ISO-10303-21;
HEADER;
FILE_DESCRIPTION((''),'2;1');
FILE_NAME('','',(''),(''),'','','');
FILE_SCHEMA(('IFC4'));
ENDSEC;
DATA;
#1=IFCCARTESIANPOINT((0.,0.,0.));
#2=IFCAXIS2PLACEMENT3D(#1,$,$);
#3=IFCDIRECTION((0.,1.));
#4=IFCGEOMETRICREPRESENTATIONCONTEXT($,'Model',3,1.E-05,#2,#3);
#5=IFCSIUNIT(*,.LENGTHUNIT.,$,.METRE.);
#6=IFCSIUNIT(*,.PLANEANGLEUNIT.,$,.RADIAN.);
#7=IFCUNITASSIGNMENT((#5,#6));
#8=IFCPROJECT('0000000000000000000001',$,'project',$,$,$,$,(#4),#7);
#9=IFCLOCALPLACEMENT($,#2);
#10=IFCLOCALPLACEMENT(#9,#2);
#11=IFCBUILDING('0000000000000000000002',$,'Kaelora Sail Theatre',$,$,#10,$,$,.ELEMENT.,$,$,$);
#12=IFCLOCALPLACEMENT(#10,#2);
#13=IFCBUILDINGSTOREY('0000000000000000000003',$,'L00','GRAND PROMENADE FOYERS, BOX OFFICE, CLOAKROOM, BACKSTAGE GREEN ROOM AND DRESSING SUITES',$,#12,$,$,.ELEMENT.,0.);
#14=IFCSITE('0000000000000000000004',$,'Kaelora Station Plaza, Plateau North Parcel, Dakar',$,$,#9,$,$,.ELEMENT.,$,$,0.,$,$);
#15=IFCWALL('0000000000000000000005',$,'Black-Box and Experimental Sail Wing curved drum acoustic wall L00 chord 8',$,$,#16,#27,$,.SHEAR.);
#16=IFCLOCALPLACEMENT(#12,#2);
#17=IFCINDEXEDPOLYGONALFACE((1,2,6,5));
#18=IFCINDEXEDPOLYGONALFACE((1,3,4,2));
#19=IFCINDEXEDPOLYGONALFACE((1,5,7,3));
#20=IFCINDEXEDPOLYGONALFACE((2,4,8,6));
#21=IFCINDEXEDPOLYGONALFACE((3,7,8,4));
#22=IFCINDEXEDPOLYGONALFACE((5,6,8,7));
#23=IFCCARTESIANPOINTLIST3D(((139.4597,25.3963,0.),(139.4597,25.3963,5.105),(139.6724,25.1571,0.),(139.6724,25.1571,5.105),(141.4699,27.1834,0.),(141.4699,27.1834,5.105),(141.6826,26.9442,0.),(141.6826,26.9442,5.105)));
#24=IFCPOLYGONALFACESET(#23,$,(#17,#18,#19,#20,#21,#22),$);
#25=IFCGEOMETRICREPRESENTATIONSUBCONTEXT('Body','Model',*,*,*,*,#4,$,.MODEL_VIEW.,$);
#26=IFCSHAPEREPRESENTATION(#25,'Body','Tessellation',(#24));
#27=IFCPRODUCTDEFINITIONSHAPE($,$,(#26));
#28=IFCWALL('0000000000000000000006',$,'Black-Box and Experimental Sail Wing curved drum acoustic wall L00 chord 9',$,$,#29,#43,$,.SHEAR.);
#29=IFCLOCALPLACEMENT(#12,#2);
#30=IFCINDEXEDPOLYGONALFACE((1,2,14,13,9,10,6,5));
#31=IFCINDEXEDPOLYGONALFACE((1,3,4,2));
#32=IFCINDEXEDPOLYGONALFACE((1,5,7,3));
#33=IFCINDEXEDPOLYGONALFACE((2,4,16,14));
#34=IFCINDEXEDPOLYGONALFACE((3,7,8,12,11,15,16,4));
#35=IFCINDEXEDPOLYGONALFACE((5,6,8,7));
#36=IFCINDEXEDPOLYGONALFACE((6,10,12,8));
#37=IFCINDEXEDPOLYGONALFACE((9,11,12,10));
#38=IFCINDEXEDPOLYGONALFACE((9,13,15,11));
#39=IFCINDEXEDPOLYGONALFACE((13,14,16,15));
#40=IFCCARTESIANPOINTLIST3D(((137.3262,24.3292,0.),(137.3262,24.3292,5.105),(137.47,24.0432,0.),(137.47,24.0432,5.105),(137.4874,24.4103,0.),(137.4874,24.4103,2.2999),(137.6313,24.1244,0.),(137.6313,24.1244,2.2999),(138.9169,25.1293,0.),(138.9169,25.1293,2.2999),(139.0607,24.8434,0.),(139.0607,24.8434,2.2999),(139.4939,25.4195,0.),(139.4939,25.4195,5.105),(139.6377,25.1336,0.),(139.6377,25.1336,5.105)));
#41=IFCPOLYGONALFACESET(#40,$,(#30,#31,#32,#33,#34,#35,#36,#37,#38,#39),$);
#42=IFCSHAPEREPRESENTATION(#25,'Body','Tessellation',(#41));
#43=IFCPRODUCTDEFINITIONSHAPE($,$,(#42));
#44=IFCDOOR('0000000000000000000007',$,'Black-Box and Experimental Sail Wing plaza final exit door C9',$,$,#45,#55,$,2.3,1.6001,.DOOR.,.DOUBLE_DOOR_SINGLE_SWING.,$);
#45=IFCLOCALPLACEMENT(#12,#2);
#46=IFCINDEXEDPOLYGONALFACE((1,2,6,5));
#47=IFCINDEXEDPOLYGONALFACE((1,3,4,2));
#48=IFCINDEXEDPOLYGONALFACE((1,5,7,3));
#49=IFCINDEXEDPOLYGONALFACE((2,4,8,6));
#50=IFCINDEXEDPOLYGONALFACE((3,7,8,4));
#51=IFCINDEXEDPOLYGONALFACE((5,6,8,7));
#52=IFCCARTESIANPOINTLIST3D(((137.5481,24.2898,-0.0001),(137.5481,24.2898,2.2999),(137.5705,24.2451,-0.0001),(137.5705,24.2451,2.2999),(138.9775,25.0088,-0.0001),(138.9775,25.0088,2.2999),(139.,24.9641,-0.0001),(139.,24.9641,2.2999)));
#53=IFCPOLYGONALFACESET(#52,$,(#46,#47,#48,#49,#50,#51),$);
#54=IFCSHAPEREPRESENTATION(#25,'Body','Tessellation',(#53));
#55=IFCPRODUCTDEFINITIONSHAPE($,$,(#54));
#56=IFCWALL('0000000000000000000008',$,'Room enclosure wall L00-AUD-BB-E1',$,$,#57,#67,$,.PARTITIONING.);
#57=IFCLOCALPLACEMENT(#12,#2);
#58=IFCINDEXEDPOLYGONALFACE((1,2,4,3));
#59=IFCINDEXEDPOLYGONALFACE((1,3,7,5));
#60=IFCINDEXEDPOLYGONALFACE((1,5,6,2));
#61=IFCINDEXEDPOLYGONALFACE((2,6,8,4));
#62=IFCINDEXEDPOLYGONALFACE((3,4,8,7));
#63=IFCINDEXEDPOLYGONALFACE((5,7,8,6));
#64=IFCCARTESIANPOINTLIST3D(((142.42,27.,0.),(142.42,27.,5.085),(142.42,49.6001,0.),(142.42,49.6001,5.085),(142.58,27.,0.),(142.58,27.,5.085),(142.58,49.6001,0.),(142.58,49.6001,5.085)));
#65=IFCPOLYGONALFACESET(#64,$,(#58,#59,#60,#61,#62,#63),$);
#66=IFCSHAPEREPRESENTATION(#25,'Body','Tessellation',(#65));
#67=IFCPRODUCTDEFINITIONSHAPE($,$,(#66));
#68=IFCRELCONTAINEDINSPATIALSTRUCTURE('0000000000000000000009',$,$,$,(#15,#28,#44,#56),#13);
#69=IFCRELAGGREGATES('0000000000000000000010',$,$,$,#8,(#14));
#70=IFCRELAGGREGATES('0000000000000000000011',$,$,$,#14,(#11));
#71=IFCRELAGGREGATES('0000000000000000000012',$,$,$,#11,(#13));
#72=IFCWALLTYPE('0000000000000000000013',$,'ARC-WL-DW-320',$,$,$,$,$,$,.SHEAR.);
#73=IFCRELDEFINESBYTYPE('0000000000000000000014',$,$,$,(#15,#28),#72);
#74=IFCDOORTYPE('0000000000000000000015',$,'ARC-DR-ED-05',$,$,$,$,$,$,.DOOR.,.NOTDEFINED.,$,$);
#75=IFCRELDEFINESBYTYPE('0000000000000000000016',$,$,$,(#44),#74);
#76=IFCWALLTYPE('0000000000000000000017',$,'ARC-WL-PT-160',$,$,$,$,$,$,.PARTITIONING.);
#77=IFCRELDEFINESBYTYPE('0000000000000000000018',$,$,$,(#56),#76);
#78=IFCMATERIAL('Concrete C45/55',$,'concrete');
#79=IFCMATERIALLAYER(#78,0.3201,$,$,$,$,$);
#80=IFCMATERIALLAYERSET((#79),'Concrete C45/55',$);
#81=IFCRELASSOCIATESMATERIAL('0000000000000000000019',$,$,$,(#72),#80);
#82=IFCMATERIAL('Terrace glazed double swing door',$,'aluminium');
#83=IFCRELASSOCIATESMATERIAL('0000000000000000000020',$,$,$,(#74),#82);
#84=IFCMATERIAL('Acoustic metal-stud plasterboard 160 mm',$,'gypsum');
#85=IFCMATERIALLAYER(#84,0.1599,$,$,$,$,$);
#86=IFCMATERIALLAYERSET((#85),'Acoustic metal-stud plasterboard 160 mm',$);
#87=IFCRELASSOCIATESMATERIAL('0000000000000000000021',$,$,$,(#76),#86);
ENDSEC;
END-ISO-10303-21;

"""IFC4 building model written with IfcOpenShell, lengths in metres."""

from ifc_helpers import new_model, si_unit, direction, frame, frame_2d, origin, place, context, subcontext, project, spatial, rectangle, extrude, material, layer, layer_set, type_object, element, fill, save


model = new_model("IFC4")

# Units and contexts
model_context = context("Model", 3, precision=1e-05, world=origin(), true_north=direction((0.0, 1.0)))
body_context = subcontext(model_context, "Body", "Model", "MODEL_VIEW")
ifc_project = project(units=[si_unit("LENGTHUNIT", "METRE"), si_unit("PLANEANGLEUNIT", "RADIAN")], contexts=[model_context])

# Site, building, storey
site_placement = place(None, origin())
site = spatial("IfcSite", under=ifc_project, at=site_placement, Name="Kaelora Station Plaza, Plateau North Parcel, Dakar", CompositionType="ELEMENT", RefElevation=0.0)
building_placement = place(site_placement, origin())
building = spatial("IfcBuilding", under=site, at=building_placement, Name="Kaelora Sail Theatre", CompositionType="ELEMENT")
storey_placement = place(building_placement, origin())
storey = spatial("IfcBuildingStorey", under=building, at=storey_placement, Name="L00", Description="GRAND PROMENADE FOYERS, BOX OFFICE, CLOAKROOM, BACKSTAGE GREEN ROOM AND DRESSING SUITES", CompositionType="ELEMENT", Elevation=0.0)

# Wall
ifc_material_1 = material(Name="Concrete C45/55", Category="concrete")
ifc_layer_1 = layer(ifc_material_1, 0.3201)
ifc_layer_set_1 = layer_set([ifc_layer_1], Name="Concrete C45/55")
wall_type_1 = type_object("IfcWallType", Name="ARC-WL-DW-320", PredefinedType="SHEAR", material=ifc_layer_set_1)
wall_1_placement = place(storey_placement, frame((141.5762, 27.0637, 0.0), z_axis=(0.0, 0.0, 1.0), x_axis=(-0.747369, -0.664409, 0.0)))
element("IfcWall", 1, at=wall_1_placement, inside=storey, type_object=wall_type_1, Name="Black-Box and Experimental Sail Wing curved drum acoustic wall L00 chord 8", PredefinedType="SHEAR", context=body_context, shape_type="SweptSolid", body=[
    extrude(rectangle(XDim=2.6897, YDim=0.3201, at=frame_2d((1.3447, 0.0))), origin(), (0.0, 0.0, 1.0), 5.105),
])

# Wall, opening, door
wall_2_placement = place(storey_placement, frame((139.5659, 25.2766, 0.0), z_axis=(0.0, 0.0, 1.0), x_axis=(-0.893358, -0.449345, 0.0)))
wall_2 = element("IfcWall", 2, at=wall_2_placement, inside=storey, type_object=wall_type_1, Name="Black-Box and Experimental Sail Wing curved drum acoustic wall L00 chord 9", PredefinedType="SHEAR", context=body_context, shape_type="SweptSolid", body=[
    extrude(rectangle(XDim=2.4265, YDim=0.3201, at=frame_2d((1.2134, 0.0))), origin(), (0.0, 0.0, 1.0), 5.105),
])
opening_placement = place(wall_2_placement, frame((0.646, 0.0, 0.0)))
opening = element("IfcOpeningElement", 3, at=opening_placement, cuts=wall_2, PredefinedType="OPENING", context=body_context, shape_type="SweptSolid", body=[
    extrude(rectangle(XDim=1.6001, YDim=2.3, at=frame_2d((0.8, 1.1499))), frame((0.0, 0.1702, 0.0), z_axis=(0.0, -1.0, 0.0), x_axis=(1.0, 0.0, 0.0)), (0.0, 0.0, 1.0), 0.3401),
])
ifc_material_2 = material(Name="Terrace glazed double swing door", Category="aluminium")
door_type = type_object("IfcDoorType", Name="ARC-DR-ED-05", OperationType="NOTDEFINED", PredefinedType="DOOR", material=ifc_material_2)
door_placement = place(opening_placement, origin())
door = element("IfcDoor", 4, at=door_placement, inside=storey, type_object=door_type, Name="Black-Box and Experimental Sail Wing plaza final exit door C9", OperationType="DOUBLE_DOOR_SINGLE_SWING", OverallHeight=2.3, OverallWidth=1.6001, PredefinedType="DOOR", context=body_context, shape_type="SweptSolid", body=[
    extrude(rectangle(XDim=1.6001, YDim=2.3, at=frame_2d((0.8, 1.1499))), frame((0.0, 0.0249, 0.0), z_axis=(0.0, -1.0, 0.0), x_axis=(1.0, 0.0, 0.0)), (0.0, 0.0, 1.0), 0.05),
])
fill(opening, door)

# Wall
ifc_material_3 = material(Name="Acoustic metal-stud plasterboard 160 mm", Category="gypsum")
ifc_layer_2 = layer(ifc_material_3, 0.1599)
ifc_layer_set_2 = layer_set([ifc_layer_2], Name="Acoustic metal-stud plasterboard 160 mm")
wall_type_2 = type_object("IfcWallType", Name="ARC-WL-PT-160", PredefinedType="PARTITIONING", material=ifc_layer_set_2)
wall_3_placement = place(storey_placement, frame((142.5, 27.0, 0.0), z_axis=(0.0, 0.0, 1.0), x_axis=(0.0, 1.0, 0.0)))
element("IfcWall", 5, at=wall_3_placement, inside=storey, type_object=wall_type_2, Name="Room enclosure wall L00-AUD-BB-E1", PredefinedType="PARTITIONING", context=body_context, shape_type="SweptSolid", body=[
    extrude(rectangle(XDim=22.6001, YDim=0.1599, at=frame_2d((11.3, 0.0))), origin(), (0.0, 0.0, 1.0), 5.085),
])

save(model, "model.ifc")
